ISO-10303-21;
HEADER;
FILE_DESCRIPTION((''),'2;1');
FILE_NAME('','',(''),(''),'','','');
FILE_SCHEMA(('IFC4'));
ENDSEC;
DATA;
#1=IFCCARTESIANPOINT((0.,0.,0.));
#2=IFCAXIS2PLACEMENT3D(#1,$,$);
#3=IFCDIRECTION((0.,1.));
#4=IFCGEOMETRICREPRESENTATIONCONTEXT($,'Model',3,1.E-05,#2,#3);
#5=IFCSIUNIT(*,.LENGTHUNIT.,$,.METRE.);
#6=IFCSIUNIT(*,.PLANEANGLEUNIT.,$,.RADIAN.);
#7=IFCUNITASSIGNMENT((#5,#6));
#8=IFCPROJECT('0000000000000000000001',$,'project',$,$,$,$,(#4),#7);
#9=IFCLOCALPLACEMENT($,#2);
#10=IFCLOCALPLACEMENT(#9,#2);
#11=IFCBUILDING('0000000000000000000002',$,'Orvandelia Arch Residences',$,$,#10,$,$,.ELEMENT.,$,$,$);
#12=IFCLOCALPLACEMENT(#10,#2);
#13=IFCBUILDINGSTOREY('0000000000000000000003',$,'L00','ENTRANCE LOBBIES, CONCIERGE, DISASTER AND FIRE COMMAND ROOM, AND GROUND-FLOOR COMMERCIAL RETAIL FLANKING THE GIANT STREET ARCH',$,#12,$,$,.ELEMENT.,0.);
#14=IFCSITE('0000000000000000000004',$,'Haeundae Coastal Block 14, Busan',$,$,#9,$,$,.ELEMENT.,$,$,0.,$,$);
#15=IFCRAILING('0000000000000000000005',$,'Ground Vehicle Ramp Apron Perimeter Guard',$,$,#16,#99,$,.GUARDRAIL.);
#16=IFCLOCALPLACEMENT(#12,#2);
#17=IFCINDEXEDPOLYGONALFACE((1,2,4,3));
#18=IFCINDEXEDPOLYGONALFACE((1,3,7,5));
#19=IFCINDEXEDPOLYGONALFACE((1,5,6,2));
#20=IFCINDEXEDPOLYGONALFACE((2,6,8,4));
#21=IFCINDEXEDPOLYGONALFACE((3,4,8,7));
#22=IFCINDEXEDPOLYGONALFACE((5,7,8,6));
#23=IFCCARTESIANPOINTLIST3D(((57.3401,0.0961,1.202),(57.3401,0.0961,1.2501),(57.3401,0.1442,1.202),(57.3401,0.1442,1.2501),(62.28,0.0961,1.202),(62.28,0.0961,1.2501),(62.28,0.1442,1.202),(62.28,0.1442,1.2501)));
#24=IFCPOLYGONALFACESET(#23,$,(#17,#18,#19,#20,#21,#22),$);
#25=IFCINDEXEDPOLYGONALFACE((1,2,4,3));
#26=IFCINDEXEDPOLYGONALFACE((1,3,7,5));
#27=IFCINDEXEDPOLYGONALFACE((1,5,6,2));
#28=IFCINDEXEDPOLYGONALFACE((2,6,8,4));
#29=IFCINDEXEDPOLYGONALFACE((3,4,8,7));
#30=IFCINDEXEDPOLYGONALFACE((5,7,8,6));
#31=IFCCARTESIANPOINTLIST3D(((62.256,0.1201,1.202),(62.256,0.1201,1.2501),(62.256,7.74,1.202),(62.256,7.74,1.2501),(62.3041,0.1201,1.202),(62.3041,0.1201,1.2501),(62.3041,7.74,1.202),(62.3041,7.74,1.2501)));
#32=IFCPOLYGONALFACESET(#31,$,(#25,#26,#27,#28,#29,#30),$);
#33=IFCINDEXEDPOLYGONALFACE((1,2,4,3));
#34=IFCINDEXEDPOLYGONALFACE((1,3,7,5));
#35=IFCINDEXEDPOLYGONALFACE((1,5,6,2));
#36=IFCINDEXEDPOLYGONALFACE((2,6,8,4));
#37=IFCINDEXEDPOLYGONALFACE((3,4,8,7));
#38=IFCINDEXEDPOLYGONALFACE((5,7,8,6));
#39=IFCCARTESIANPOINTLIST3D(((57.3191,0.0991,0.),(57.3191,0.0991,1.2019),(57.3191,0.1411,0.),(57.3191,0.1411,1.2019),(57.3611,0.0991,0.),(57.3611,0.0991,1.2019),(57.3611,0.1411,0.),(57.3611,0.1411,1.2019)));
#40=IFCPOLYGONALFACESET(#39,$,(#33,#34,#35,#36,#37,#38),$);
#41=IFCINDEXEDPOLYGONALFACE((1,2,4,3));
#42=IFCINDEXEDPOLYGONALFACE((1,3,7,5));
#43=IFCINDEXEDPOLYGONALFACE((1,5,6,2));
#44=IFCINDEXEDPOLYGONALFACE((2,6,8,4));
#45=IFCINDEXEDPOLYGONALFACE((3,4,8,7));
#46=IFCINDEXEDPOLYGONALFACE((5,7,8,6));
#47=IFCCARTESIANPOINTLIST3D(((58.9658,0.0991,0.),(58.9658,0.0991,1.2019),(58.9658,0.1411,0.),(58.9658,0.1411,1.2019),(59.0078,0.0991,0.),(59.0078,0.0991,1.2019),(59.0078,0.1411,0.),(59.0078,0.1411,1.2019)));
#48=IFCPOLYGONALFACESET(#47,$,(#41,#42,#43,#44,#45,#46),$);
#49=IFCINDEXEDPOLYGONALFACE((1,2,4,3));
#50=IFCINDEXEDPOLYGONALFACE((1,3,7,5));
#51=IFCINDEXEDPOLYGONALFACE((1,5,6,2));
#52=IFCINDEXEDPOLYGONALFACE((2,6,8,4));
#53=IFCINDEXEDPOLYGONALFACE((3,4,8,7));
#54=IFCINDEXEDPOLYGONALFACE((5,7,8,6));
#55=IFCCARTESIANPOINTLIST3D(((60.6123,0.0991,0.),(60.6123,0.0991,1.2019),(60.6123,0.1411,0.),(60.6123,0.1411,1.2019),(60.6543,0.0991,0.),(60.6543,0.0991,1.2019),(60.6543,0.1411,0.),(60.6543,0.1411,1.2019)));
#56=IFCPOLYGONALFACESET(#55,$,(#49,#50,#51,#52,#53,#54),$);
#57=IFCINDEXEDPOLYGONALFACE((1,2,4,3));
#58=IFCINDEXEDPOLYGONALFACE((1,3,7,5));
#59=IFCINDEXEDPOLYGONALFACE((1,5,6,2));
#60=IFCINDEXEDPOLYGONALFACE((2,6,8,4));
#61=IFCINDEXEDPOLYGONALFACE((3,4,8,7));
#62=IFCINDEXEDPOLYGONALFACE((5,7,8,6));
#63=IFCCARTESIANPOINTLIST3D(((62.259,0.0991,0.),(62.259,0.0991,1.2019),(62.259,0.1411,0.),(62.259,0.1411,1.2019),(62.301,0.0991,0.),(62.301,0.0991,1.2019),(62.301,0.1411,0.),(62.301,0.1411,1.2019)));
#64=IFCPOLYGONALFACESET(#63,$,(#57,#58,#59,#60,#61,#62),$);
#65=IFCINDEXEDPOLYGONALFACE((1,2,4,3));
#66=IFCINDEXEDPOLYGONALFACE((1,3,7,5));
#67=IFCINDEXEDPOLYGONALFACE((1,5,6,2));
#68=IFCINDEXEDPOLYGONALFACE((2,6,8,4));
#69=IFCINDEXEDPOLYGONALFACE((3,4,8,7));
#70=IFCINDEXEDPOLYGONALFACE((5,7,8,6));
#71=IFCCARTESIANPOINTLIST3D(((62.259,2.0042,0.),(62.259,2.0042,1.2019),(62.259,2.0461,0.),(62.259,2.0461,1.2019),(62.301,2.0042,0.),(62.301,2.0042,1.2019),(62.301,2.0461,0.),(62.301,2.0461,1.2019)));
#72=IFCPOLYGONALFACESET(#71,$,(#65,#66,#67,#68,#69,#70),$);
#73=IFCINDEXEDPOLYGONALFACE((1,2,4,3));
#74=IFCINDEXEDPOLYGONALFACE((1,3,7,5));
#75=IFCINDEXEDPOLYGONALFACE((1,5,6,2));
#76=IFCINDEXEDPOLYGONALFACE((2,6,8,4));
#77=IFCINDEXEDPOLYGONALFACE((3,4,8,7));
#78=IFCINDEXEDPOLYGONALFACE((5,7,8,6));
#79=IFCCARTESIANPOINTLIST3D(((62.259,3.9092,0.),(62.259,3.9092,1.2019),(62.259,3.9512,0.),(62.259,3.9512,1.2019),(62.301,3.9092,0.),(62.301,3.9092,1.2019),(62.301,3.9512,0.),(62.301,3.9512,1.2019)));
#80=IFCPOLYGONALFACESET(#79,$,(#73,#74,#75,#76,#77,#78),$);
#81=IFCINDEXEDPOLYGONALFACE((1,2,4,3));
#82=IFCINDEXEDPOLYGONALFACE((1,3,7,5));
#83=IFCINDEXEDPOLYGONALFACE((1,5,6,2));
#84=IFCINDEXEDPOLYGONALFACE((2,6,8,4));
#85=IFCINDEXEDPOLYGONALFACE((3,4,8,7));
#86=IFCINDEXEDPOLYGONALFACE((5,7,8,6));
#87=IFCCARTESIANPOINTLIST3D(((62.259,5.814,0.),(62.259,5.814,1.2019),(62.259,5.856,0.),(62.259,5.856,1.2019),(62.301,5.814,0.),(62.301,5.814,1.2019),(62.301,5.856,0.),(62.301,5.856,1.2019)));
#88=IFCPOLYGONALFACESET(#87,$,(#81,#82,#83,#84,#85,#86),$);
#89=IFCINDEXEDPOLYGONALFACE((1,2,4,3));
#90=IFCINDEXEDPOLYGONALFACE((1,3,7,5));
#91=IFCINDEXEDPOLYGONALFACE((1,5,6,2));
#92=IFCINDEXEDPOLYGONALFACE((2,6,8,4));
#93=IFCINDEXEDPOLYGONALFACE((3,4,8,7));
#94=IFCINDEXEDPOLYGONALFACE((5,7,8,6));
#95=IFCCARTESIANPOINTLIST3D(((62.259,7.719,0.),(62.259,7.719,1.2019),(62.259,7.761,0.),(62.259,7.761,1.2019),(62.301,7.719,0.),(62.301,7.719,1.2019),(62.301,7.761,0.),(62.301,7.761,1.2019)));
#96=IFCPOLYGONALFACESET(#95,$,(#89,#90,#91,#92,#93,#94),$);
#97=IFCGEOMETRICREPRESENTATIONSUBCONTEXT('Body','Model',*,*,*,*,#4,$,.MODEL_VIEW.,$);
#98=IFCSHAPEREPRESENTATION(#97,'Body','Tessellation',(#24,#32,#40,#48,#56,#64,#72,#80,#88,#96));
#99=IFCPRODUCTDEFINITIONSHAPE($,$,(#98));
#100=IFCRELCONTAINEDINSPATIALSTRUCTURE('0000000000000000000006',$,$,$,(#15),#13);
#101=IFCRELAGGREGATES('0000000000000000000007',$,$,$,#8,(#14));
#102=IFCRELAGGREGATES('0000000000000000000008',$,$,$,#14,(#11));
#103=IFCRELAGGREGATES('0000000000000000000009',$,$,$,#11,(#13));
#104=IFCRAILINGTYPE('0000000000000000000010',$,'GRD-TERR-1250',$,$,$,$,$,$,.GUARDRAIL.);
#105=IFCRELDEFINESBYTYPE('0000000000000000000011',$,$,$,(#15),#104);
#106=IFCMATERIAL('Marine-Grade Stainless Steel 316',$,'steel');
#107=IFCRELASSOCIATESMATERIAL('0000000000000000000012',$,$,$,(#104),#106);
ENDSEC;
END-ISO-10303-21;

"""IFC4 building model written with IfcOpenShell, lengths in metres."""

from ifc_helpers import new_model, si_unit, direction, frame, origin, origin_2d, place, context, subcontext, project, spatial, rectangle, extrude, material, type_object, element, save


model = new_model("IFC4")

# Units and contexts
model_context = context("Model", 3, precision=1e-05, world=origin(), true_north=direction((0.0, 1.0)))
body_context = subcontext(model_context, "Body", "Model", "MODEL_VIEW")
ifc_project = project(units=[si_unit("LENGTHUNIT", "METRE"), si_unit("PLANEANGLEUNIT", "RADIAN")], contexts=[model_context])

# Site, building, storey
site_placement = place(None, origin())
site = spatial("IfcSite", under=ifc_project, at=site_placement, Name="Haeundae Coastal Block 14, Busan", CompositionType="ELEMENT", RefElevation=0.0)
building_placement = place(site_placement, origin())
building = spatial("IfcBuilding", under=site, at=building_placement, Name="Orvandelia Arch Residences", CompositionType="ELEMENT")
storey_placement = place(building_placement, origin())
storey = spatial("IfcBuildingStorey", under=building, at=storey_placement, Name="L00", Description="ENTRANCE LOBBIES, CONCIERGE, DISASTER AND FIRE COMMAND ROOM, AND GROUND-FLOOR COMMERCIAL RETAIL FLANKING THE GIANT STREET ARCH", CompositionType="ELEMENT", Elevation=0.0)

# Railing
ifc_material_1 = material(Name="Marine-Grade Stainless Steel 316", Category="steel")
railing_type = type_object("IfcRailingType", Name="GRD-TERR-1250", PredefinedType="GUARDRAIL", material=ifc_material_1)
railing_placement = place(storey_placement, frame((57.3401, 0.1201, 0.0)))
element("IfcRailing", 1, at=railing_placement, inside=storey, type_object=railing_type, Name="Ground Vehicle Ramp Apron Perimeter Guard", PredefinedType="GUARDRAIL", context=body_context, shape_type="SweptSolid", body=[
    extrude(rectangle(XDim=0.0481, YDim=0.0481, at=origin_2d()), frame((0.0, 0.0, 1.2261), z_axis=(1.0, 0.0, 0.0), x_axis=(0.0, 1.0, 0.0)), (0.0, 0.0, 1.0), 4.9399),
    extrude(rectangle(XDim=0.0481, YDim=0.0481, at=origin_2d()), frame((4.9399, 0.0, 1.2261), z_axis=(0.0, 1.0, 0.0), x_axis=(-1.0, 0.0, 0.0)), (0.0, 0.0, 1.0), 7.6199),
    extrude(rectangle(XDim=0.042, YDim=0.042, at=origin_2d()), origin(), (0.0, 0.0, 1.0), 1.2019),
    extrude(rectangle(XDim=0.042, YDim=0.042, at=origin_2d()), frame((1.6467, 0.0, 0.0)), (0.0, 0.0, 1.0), 1.2019),
    extrude(rectangle(XDim=0.042, YDim=0.042, at=origin_2d()), frame((3.2932, 0.0, 0.0)), (0.0, 0.0, 1.0), 1.2019),
    extrude(rectangle(XDim=0.042, YDim=0.042, at=origin_2d()), frame((4.9399, 0.0, 0.0)), (0.0, 0.0, 1.0), 1.2019),
    extrude(rectangle(XDim=0.042, YDim=0.042, at=origin_2d()), frame((4.9399, 1.905, 0.0)), (0.0, 0.0, 1.0), 1.2019),
    extrude(rectangle(XDim=0.042, YDim=0.042, at=origin_2d()), frame((4.9399, 3.8101, 0.0)), (0.0, 0.0, 1.0), 1.2019),
    extrude(rectangle(XDim=0.042, YDim=0.042, at=origin_2d()), frame((4.9399, 5.7148, 0.0)), (0.0, 0.0, 1.0), 1.2019),
    extrude(rectangle(XDim=0.042, YDim=0.042, at=origin_2d()), frame((4.9399, 7.6199, 0.0)), (0.0, 0.0, 1.0), 1.2019),
])

save(model, "model.ifc")
